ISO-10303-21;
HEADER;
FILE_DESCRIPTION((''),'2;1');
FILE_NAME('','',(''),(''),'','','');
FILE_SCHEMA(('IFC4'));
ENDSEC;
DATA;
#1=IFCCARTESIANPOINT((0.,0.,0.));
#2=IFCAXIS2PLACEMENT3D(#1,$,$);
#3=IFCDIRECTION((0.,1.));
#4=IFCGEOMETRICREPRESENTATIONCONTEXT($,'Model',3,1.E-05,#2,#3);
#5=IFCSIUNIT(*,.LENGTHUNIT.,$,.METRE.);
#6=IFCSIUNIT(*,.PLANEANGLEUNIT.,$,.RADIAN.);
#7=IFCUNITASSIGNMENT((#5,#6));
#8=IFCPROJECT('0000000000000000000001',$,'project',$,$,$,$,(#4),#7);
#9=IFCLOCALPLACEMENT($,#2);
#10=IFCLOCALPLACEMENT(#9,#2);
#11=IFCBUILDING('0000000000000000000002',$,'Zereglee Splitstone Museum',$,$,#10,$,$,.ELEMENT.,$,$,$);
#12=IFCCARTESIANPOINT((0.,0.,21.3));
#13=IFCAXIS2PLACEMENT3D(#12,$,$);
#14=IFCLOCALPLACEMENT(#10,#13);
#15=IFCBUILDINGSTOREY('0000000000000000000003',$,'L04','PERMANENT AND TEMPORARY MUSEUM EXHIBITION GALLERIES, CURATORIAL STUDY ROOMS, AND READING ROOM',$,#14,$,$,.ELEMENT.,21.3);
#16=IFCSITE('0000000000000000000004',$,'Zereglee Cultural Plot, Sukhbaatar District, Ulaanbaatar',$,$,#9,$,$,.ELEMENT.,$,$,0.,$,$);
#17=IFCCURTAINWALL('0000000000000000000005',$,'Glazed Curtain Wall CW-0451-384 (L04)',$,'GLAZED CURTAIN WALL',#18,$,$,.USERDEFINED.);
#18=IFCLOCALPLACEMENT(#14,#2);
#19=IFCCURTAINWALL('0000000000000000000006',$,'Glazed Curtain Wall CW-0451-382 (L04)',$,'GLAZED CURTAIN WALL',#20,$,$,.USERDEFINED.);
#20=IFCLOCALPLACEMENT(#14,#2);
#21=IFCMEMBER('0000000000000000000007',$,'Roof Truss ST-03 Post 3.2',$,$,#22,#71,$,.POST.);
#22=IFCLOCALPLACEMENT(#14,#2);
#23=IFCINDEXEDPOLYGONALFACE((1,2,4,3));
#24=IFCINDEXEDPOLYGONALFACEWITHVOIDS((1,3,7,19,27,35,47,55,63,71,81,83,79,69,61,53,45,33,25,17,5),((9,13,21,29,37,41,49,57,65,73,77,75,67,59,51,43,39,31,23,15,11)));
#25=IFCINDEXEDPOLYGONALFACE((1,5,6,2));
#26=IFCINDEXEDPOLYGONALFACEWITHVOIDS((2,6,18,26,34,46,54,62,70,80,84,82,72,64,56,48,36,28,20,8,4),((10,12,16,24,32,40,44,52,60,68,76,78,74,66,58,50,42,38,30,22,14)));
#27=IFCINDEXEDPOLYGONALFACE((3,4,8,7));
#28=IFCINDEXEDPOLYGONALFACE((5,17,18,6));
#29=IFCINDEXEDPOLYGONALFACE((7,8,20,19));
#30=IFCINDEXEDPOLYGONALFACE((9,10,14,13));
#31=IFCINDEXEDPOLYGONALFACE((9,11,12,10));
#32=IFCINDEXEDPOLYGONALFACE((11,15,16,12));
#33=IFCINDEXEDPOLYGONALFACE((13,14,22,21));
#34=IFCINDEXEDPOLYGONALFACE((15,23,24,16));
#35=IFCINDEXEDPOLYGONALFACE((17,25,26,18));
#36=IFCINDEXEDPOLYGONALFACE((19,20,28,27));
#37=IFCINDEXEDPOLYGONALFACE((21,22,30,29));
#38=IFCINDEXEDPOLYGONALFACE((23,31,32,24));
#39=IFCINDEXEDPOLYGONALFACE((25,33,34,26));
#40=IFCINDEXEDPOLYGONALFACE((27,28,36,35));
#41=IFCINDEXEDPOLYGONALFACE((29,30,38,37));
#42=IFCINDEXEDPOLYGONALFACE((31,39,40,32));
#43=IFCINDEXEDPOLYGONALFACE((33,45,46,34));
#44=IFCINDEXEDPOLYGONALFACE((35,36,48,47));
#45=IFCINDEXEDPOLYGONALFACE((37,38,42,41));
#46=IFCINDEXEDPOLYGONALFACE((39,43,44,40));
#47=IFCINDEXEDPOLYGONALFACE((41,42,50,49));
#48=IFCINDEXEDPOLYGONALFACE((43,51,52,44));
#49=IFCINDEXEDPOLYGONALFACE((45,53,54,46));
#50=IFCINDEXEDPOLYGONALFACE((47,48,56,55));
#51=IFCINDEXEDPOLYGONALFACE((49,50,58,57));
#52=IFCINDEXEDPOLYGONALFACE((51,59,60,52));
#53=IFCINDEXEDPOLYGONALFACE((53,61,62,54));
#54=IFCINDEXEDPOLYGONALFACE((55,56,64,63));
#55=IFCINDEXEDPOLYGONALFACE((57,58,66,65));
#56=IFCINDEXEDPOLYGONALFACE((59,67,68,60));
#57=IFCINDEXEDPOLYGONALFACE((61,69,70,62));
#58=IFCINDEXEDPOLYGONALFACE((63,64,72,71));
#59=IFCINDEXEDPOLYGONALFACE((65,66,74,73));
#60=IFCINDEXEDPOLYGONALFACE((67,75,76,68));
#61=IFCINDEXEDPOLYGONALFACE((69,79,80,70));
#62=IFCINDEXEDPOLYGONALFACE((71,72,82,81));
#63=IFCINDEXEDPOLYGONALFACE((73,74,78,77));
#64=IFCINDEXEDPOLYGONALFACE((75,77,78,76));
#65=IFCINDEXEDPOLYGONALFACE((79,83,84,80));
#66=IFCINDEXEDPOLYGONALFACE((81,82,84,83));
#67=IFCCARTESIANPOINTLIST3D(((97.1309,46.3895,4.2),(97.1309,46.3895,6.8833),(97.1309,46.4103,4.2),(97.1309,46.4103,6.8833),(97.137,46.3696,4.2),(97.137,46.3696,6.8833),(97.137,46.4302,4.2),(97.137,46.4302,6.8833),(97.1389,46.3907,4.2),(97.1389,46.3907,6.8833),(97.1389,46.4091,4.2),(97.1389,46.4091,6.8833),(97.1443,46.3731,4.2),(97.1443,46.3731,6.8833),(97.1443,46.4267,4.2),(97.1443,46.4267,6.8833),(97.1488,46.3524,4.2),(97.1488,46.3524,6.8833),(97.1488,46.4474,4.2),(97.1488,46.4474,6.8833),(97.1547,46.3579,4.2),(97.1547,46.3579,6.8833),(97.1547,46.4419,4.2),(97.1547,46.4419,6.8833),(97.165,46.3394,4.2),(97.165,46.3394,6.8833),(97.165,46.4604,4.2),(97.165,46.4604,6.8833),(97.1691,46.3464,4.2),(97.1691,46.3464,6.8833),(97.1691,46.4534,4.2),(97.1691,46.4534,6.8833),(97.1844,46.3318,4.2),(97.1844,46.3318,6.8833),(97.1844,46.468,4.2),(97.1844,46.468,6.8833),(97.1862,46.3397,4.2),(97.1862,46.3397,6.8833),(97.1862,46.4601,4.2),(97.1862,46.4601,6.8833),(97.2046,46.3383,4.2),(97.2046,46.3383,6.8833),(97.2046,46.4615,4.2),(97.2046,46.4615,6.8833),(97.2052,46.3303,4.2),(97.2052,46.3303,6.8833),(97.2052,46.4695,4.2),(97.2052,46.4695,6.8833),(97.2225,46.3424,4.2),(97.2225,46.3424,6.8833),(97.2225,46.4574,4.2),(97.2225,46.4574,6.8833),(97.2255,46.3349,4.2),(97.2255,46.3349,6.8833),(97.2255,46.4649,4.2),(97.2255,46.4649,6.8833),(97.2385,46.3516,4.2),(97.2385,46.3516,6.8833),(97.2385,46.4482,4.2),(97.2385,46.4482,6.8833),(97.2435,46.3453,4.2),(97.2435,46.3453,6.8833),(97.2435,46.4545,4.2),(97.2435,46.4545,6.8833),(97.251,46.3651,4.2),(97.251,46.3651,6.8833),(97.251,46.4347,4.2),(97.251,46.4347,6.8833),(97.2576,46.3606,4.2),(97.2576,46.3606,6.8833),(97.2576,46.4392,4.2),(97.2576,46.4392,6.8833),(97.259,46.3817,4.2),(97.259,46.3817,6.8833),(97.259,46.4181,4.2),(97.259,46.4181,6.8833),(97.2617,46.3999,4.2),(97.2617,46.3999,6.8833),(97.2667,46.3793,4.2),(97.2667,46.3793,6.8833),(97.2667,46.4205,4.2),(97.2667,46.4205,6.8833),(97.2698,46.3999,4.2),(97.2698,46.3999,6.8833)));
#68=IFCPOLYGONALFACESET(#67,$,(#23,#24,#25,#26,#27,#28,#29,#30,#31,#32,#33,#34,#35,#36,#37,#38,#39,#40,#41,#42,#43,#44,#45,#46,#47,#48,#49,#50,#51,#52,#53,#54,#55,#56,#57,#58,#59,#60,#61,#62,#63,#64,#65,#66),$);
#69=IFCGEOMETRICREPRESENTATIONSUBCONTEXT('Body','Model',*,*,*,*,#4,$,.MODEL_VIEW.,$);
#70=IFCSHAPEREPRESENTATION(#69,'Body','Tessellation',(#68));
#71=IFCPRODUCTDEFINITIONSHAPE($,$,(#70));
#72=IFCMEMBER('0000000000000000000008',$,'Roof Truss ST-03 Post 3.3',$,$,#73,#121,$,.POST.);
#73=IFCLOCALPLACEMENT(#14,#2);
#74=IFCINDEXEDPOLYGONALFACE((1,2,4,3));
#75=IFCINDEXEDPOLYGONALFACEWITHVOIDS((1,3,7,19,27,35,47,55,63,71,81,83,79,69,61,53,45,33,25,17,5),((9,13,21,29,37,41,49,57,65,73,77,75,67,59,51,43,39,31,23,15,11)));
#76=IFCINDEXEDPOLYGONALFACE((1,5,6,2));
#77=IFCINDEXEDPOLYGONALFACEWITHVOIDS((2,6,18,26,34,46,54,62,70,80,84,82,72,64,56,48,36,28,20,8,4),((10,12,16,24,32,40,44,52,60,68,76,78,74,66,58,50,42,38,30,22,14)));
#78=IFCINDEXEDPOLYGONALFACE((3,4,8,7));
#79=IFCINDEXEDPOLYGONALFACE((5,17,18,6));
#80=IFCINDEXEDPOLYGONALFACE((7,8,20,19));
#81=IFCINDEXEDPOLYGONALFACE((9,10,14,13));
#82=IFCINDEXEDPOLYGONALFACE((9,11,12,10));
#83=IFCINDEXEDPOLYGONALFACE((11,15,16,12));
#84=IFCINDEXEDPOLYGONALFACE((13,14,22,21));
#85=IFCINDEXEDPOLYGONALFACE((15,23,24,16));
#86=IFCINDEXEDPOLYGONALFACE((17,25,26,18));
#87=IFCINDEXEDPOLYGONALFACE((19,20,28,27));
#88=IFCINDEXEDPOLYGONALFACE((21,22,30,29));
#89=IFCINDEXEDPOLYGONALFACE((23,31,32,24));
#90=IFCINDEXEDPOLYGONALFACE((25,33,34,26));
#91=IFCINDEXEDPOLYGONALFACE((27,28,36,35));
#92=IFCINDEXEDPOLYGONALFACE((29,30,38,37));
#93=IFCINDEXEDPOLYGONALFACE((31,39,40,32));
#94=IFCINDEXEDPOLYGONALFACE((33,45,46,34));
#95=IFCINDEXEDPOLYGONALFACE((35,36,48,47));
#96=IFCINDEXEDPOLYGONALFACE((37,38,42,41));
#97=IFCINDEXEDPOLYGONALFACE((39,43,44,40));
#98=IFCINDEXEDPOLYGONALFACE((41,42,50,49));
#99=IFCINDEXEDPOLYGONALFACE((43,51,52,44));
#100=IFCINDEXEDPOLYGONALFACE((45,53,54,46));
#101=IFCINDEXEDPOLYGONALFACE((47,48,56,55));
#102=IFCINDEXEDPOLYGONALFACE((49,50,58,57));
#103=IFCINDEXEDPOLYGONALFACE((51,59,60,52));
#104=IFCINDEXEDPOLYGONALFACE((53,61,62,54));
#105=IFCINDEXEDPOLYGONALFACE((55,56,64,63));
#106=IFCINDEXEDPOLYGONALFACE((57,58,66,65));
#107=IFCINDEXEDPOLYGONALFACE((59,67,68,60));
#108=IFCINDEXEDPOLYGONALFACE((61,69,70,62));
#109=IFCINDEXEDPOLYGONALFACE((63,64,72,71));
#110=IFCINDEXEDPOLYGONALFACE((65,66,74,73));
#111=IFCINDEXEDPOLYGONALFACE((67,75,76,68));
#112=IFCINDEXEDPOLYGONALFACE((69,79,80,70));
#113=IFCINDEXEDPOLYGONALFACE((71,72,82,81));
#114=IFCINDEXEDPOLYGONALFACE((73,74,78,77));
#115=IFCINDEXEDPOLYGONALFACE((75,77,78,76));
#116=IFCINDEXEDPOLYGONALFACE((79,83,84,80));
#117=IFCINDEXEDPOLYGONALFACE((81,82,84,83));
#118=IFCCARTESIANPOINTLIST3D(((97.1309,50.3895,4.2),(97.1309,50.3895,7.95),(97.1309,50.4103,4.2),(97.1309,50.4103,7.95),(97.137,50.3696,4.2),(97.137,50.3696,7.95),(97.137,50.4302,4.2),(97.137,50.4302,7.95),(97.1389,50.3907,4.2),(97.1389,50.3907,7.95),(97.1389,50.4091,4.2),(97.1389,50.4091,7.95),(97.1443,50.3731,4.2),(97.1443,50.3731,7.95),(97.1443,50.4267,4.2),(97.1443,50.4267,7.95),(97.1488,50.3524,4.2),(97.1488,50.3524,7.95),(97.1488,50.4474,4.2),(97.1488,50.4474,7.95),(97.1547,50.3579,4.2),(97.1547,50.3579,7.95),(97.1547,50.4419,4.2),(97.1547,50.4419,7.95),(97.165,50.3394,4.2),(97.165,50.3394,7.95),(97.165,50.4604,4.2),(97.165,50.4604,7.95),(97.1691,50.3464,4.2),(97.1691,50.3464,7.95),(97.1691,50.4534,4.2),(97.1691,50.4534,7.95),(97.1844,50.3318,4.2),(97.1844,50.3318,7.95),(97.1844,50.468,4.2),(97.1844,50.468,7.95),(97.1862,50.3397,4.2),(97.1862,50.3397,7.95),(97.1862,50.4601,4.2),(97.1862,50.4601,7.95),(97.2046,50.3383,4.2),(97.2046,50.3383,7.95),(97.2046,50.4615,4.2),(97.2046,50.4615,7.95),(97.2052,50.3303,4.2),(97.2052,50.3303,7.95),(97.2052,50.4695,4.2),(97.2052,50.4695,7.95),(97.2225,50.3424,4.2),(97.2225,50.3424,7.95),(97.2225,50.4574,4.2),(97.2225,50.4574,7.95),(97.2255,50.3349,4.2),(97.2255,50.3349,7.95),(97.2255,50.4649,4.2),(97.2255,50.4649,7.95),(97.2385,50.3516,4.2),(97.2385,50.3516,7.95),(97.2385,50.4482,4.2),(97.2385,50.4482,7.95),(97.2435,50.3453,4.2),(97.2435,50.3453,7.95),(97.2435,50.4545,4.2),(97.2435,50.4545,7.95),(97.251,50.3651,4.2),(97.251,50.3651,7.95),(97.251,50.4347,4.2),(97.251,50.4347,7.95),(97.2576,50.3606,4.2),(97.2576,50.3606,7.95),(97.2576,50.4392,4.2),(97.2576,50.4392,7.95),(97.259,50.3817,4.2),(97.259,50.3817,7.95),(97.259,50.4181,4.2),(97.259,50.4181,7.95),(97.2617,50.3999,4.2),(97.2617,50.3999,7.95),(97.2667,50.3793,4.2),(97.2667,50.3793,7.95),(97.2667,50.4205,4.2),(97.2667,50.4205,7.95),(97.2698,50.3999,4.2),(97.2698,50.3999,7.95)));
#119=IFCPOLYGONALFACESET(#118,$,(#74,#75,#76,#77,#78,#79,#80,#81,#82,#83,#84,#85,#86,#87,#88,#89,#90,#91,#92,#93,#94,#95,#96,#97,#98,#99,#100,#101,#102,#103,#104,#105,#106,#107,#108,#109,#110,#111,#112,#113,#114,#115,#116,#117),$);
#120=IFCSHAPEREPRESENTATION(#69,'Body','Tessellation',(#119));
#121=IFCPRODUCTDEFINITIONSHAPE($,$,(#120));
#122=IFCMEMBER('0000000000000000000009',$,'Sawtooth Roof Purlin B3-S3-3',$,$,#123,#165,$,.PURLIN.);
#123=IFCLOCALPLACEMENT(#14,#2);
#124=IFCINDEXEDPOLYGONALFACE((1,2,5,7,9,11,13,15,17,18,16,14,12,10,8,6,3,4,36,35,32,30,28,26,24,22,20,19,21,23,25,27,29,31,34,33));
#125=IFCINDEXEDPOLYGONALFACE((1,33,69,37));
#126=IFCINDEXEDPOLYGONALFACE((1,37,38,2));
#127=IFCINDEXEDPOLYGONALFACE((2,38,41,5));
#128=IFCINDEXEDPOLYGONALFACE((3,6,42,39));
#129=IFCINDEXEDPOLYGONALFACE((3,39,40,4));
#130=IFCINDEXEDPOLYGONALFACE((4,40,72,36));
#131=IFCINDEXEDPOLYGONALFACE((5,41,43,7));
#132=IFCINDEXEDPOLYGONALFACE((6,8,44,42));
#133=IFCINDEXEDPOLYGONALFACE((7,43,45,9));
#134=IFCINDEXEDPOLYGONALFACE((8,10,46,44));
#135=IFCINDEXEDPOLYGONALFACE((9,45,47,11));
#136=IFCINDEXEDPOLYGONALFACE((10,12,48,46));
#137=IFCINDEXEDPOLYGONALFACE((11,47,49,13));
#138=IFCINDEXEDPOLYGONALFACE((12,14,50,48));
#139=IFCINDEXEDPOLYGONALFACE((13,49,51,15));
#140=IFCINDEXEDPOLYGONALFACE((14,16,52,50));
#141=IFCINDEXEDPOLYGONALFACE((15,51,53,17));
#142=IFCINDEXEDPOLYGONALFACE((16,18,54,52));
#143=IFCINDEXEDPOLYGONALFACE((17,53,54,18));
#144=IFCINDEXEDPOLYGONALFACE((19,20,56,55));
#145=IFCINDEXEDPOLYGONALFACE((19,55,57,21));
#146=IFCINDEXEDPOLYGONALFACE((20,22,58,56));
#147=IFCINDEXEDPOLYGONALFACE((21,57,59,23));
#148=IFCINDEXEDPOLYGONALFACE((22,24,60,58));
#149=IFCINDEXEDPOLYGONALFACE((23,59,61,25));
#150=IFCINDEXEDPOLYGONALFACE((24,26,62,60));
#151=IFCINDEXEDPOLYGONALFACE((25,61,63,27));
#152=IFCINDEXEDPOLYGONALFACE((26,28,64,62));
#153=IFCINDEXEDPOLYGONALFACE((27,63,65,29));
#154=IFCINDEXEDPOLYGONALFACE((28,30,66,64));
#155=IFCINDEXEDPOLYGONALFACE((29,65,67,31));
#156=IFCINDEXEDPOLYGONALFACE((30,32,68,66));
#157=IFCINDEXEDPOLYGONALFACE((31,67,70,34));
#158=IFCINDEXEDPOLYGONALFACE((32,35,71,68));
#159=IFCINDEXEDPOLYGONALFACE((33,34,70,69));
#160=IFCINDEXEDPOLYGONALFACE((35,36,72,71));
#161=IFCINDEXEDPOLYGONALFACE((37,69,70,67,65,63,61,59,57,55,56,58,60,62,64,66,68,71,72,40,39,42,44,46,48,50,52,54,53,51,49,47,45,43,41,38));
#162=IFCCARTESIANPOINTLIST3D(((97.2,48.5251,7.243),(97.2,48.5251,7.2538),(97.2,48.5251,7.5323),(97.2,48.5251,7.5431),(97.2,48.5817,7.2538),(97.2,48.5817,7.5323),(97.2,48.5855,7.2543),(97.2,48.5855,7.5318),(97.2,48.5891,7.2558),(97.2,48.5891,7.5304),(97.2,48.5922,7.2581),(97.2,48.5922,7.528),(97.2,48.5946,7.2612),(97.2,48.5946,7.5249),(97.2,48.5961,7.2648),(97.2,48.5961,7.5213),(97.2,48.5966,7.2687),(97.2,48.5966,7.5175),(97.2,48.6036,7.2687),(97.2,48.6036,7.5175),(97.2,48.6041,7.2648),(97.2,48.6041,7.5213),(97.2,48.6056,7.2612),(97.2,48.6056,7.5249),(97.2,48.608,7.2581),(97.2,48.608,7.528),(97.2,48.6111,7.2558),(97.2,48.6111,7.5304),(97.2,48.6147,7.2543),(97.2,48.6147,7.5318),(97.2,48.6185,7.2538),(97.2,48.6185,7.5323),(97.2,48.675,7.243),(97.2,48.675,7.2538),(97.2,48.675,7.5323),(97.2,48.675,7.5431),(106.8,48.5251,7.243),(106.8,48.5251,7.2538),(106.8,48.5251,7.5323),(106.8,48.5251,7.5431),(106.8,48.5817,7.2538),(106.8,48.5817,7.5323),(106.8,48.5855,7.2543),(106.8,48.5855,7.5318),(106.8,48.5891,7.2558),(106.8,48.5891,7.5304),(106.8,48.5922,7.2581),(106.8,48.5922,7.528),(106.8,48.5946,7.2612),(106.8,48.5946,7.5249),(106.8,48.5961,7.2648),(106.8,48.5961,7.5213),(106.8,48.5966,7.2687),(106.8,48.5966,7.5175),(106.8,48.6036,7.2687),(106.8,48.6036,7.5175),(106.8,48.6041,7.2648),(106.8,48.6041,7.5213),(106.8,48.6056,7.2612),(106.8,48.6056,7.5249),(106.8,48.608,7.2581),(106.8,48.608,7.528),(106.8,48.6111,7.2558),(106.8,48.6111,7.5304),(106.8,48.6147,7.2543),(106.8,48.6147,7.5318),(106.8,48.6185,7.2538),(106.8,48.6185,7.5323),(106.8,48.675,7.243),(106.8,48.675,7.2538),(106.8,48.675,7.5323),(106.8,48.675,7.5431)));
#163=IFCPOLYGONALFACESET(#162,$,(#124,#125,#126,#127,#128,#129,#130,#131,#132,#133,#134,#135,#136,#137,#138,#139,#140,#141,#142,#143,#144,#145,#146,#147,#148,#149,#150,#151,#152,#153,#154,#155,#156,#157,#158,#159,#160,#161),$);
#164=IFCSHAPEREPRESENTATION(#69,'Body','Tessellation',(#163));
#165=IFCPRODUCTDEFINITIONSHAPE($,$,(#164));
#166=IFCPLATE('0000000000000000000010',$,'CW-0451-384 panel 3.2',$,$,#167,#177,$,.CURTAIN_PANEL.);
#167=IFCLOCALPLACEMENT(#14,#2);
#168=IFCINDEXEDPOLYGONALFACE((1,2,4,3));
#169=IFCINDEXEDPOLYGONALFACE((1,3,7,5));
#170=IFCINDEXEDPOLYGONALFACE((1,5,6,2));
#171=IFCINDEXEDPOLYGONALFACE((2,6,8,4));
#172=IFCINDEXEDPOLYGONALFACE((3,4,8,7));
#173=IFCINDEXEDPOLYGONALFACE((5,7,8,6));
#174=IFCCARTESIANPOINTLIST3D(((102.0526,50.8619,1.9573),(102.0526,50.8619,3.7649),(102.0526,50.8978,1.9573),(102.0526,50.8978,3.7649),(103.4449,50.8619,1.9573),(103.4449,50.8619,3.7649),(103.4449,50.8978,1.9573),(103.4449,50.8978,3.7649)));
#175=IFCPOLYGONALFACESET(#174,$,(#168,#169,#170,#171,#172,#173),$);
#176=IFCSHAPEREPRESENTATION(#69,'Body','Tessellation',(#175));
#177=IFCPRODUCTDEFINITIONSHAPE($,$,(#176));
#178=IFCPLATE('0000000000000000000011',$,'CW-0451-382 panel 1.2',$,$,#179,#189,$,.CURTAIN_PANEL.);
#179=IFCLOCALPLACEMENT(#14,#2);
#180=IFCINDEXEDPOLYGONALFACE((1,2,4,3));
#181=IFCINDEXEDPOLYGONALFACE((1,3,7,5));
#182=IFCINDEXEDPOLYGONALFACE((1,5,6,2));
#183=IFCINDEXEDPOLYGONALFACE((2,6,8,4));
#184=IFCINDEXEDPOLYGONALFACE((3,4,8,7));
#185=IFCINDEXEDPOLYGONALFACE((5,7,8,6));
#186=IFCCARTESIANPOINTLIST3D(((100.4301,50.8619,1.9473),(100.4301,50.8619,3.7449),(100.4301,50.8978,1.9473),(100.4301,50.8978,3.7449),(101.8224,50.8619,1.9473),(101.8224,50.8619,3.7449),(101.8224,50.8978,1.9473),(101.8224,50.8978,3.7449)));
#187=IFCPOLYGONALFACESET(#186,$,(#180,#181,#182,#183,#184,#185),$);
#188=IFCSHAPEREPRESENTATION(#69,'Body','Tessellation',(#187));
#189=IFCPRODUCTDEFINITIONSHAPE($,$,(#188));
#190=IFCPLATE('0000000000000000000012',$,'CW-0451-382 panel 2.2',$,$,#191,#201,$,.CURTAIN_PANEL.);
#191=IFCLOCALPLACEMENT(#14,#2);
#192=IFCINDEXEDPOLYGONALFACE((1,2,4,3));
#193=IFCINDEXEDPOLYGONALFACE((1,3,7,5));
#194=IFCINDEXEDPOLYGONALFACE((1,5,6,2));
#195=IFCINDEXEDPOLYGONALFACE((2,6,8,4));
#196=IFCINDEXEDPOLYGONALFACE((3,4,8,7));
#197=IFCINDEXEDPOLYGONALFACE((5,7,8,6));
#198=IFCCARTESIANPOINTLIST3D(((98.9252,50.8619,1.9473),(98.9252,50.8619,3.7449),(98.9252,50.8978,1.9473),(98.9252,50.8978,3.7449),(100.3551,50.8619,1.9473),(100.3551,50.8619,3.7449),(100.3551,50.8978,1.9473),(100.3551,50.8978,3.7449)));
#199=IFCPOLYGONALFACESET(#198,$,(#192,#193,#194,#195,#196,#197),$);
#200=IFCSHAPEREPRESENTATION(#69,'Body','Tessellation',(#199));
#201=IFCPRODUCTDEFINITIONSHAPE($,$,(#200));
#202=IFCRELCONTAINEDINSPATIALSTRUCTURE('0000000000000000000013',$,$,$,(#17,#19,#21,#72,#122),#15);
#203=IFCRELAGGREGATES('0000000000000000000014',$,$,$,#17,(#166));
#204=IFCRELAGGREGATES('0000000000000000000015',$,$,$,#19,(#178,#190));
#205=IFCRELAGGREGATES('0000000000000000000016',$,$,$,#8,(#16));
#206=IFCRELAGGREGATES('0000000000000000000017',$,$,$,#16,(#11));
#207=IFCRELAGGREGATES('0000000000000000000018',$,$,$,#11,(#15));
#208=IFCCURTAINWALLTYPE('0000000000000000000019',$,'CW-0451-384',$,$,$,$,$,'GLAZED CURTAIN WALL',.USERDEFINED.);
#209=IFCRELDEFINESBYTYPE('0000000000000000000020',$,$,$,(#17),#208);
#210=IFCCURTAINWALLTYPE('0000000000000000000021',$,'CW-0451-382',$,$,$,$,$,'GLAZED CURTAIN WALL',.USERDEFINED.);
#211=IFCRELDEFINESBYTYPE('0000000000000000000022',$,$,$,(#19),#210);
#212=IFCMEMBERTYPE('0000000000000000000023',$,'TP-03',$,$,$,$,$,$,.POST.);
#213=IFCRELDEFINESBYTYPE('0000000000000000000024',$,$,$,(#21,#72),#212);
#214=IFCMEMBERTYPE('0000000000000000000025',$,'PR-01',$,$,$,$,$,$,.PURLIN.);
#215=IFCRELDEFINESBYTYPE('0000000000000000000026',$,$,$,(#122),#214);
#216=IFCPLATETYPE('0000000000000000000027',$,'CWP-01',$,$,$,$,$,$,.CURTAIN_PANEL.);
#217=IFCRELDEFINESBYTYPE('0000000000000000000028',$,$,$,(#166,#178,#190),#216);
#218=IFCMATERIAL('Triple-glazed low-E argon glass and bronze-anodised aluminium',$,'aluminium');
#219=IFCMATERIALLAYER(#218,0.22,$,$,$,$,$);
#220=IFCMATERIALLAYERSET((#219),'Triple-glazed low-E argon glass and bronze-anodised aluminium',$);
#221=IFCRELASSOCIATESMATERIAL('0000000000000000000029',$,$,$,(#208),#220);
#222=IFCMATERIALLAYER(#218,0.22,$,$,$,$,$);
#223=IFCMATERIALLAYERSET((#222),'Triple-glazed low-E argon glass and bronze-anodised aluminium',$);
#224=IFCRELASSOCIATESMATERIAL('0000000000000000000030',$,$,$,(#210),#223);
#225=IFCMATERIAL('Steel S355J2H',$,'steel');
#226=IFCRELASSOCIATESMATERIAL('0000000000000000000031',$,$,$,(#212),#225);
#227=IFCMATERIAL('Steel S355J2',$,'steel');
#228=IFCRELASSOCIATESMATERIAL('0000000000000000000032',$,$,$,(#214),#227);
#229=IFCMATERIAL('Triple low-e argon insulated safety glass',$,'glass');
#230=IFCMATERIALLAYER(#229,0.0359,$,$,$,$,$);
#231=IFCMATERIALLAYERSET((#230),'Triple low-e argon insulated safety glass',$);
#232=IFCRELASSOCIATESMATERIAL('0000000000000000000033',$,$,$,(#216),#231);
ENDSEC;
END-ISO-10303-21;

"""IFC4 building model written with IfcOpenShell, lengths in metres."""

from ifc_helpers import new_model, si_unit, direction, frame, origin, origin_2d, place, context, subcontext, project, spatial, rectangle, hollow_circle, i_section, extrude, material, layer, layer_set, material_profile, profile_set, type_object, element, aggregate, save


model = new_model("IFC4")

# Units and contexts
model_context = context("Model", 3, precision=1e-05, world=origin(), true_north=direction((0.0, 1.0)))
body_context = subcontext(model_context, "Body", "Model", "MODEL_VIEW")
ifc_project = project(units=[si_unit("LENGTHUNIT", "METRE"), si_unit("PLANEANGLEUNIT", "RADIAN")], contexts=[model_context])

# Site, building, storey
site_placement = place(None, origin())
site = spatial("IfcSite", under=ifc_project, at=site_placement, Name="Zereglee Cultural Plot, Sukhbaatar District, Ulaanbaatar", CompositionType="ELEMENT", RefElevation=0.0)
building_placement = place(site_placement, origin())
building = spatial("IfcBuilding", under=site, at=building_placement, Name="Zereglee Splitstone Museum", CompositionType="ELEMENT")
storey_placement = place(building_placement, frame((0.0, 0.0, 21.3)))
storey = spatial("IfcBuildingStorey", under=building, at=storey_placement, Name="L04", Description="PERMANENT AND TEMPORARY MUSEUM EXHIBITION GALLERIES, CURATORIAL STUDY ROOMS, AND READING ROOM", CompositionType="ELEMENT", Elevation=21.3)

# Shared definitions
ifc_material_1 = material(Name="Steel S355J2H", Category="steel")

# Curtain walls
ifc_material_2 = material(Name="Triple-glazed low-E argon glass and bronze-anodised aluminium", Category="aluminium")
ifc_layer_1 = layer(ifc_material_2, 0.22)
ifc_layer_set_1 = layer_set([ifc_layer_1], Name="Triple-glazed low-E argon glass and bronze-anodised aluminium")
curtain_wall_type_1 = type_object("IfcCurtainWallType", Name="CW-0451-384", ElementType="GLAZED CURTAIN WALL", PredefinedType="USERDEFINED", material=ifc_layer_set_1)
curtain_wall_1_placement = place(storey_placement, origin())
curtain_wall_1 = element("IfcCurtainWall", 1, at=curtain_wall_1_placement, inside=storey, type_object=curtain_wall_type_1, Name="Glazed Curtain Wall CW-0451-384 (L04)", ObjectType="GLAZED CURTAIN WALL", PredefinedType="USERDEFINED")
ifc_layer_2 = layer(ifc_material_2, 0.22)
ifc_layer_set_2 = layer_set([ifc_layer_2], Name="Triple-glazed low-E argon glass and bronze-anodised aluminium")
curtain_wall_type_2 = type_object("IfcCurtainWallType", Name="CW-0451-382", ElementType="GLAZED CURTAIN WALL", PredefinedType="USERDEFINED", material=ifc_layer_set_2)
curtain_wall_2_placement = place(storey_placement, origin())
curtain_wall_2 = element("IfcCurtainWall", 2, at=curtain_wall_2_placement, inside=storey, type_object=curtain_wall_type_2, Name="Glazed Curtain Wall CW-0451-382 (L04)", ObjectType="GLAZED CURTAIN WALL", PredefinedType="USERDEFINED")

# Shared definitions
ifc_material_3 = material(Name="Steel S355J2", Category="steel")

# Members
ifc_material_profile_1 = material_profile(ifc_material_1, hollow_circle(Radius=0.0698, WallThickness=0.0081, at=origin_2d()), Name="CHS 139.7x8")
ifc_profile_set_1 = profile_set([ifc_material_profile_1], Name="Steel S355J2H")
member_type_1 = type_object("IfcMemberType", Name="TP-03", PredefinedType="POST", material=ifc_profile_set_1)
member_1_placement = place(storey_placement, frame((97.2, 46.3999, 4.2), z_axis=(0.0, 0.0, 1.0), x_axis=(1.0, 0.0, 0.0)))
element("IfcMember", 3, at=member_1_placement, inside=storey, type_object=member_type_1, Name="Roof Truss ST-03 Post 3.2", PredefinedType="POST", context=body_context, shape_type="SweptSolid", body=[
    extrude(hollow_circle(Radius=0.0698, WallThickness=0.0081, at=origin_2d()), origin(), (0.0, 0.0, 1.0), 2.6833),
])
member_2_placement = place(storey_placement, frame((97.2, 50.3999, 4.2), z_axis=(0.0, 0.0, 1.0), x_axis=(1.0, 0.0, 0.0)))
element("IfcMember", 4, at=member_2_placement, inside=storey, type_object=member_type_1, Name="Roof Truss ST-03 Post 3.3", PredefinedType="POST", context=body_context, shape_type="SweptSolid", body=[
    extrude(hollow_circle(Radius=0.0698, WallThickness=0.0081, at=origin_2d()), origin(), (0.0, 0.0, 1.0), 3.75),
])
ifc_material_profile_2 = material_profile(ifc_material_3, i_section(OverallWidth=0.1499, OverallDepth=0.3, WebThickness=0.0071, FlangeThickness=0.0107, FilletRadius=0.0149, at=origin_2d()), Name="IPE 300")
ifc_profile_set_2 = profile_set([ifc_material_profile_2], Name="Steel S355J2")
member_type_2 = type_object("IfcMemberType", Name="PR-01", PredefinedType="PURLIN", material=ifc_profile_set_2)
member_3_placement = place(storey_placement, frame((97.2, 48.6001, 7.3931), z_axis=(1.0, 0.0, 0.0), x_axis=(0.0, 1.0, 0.0)))
element("IfcMember", 5, at=member_3_placement, inside=storey, type_object=member_type_2, Name="Sawtooth Roof Purlin B3-S3-3", PredefinedType="PURLIN", context=body_context, shape_type="SweptSolid", body=[
    extrude(i_section(OverallWidth=0.1499, OverallDepth=0.3, WebThickness=0.0071, FlangeThickness=0.0107, FilletRadius=0.0149, at=origin_2d()), origin(), (0.0, 0.0, 1.0), 9.6001),
])

# Plates
ifc_material_4 = material(Name="Triple low-e argon insulated safety glass", Category="glass")
ifc_layer_3 = layer(ifc_material_4, 0.0359)
ifc_layer_set_3 = layer_set([ifc_layer_3], Name="Triple low-e argon insulated safety glass")
plate_type_1 = type_object("IfcPlateType", Name="CWP-01", PredefinedType="CURTAIN_PANEL", material=ifc_layer_set_3)
plate_1_placement = place(storey_placement, frame((102.7488, 50.8799, 1.9573), z_axis=(0.0, 0.0, 1.0), x_axis=(-1.0, 0.0, 0.0)))
plate_1 = element("IfcPlate", 6, at=plate_1_placement, type_object=plate_type_1, Name="CW-0451-384 panel 3.2", PredefinedType="CURTAIN_PANEL", context=body_context, shape_type="SweptSolid", body=[
    extrude(rectangle(XDim=1.3923, YDim=0.0359, at=origin_2d()), origin(), (0.0, 0.0, 1.0), 1.8076),
])
aggregate(curtain_wall_1, [plate_1])
plate_2_placement = place(storey_placement, frame((101.1262, 50.8799, 1.9473), z_axis=(0.0, 0.0, 1.0), x_axis=(-1.0, 0.0, 0.0)))
plate_2 = element("IfcPlate", 7, at=plate_2_placement, type_object=plate_type_1, Name="CW-0451-382 panel 1.2", PredefinedType="CURTAIN_PANEL", context=body_context, shape_type="SweptSolid", body=[
    extrude(rectangle(XDim=1.3923, YDim=0.0359, at=origin_2d()), origin(), (0.0, 0.0, 1.0), 1.7976),
])
plate_3_placement = place(storey_placement, frame((99.6401, 50.8799, 1.9473), z_axis=(0.0, 0.0, 1.0), x_axis=(-1.0, 0.0, 0.0)))
plate_3 = element("IfcPlate", 8, at=plate_3_placement, type_object=plate_type_1, Name="CW-0451-382 panel 2.2", PredefinedType="CURTAIN_PANEL", context=body_context, shape_type="SweptSolid", body=[
    extrude(rectangle(XDim=1.4299, YDim=0.0359, at=origin_2d()), origin(), (0.0, 0.0, 1.0), 1.7976),
])
aggregate(curtain_wall_2, [plate_2, plate_3])

save(model, "model.ifc")
